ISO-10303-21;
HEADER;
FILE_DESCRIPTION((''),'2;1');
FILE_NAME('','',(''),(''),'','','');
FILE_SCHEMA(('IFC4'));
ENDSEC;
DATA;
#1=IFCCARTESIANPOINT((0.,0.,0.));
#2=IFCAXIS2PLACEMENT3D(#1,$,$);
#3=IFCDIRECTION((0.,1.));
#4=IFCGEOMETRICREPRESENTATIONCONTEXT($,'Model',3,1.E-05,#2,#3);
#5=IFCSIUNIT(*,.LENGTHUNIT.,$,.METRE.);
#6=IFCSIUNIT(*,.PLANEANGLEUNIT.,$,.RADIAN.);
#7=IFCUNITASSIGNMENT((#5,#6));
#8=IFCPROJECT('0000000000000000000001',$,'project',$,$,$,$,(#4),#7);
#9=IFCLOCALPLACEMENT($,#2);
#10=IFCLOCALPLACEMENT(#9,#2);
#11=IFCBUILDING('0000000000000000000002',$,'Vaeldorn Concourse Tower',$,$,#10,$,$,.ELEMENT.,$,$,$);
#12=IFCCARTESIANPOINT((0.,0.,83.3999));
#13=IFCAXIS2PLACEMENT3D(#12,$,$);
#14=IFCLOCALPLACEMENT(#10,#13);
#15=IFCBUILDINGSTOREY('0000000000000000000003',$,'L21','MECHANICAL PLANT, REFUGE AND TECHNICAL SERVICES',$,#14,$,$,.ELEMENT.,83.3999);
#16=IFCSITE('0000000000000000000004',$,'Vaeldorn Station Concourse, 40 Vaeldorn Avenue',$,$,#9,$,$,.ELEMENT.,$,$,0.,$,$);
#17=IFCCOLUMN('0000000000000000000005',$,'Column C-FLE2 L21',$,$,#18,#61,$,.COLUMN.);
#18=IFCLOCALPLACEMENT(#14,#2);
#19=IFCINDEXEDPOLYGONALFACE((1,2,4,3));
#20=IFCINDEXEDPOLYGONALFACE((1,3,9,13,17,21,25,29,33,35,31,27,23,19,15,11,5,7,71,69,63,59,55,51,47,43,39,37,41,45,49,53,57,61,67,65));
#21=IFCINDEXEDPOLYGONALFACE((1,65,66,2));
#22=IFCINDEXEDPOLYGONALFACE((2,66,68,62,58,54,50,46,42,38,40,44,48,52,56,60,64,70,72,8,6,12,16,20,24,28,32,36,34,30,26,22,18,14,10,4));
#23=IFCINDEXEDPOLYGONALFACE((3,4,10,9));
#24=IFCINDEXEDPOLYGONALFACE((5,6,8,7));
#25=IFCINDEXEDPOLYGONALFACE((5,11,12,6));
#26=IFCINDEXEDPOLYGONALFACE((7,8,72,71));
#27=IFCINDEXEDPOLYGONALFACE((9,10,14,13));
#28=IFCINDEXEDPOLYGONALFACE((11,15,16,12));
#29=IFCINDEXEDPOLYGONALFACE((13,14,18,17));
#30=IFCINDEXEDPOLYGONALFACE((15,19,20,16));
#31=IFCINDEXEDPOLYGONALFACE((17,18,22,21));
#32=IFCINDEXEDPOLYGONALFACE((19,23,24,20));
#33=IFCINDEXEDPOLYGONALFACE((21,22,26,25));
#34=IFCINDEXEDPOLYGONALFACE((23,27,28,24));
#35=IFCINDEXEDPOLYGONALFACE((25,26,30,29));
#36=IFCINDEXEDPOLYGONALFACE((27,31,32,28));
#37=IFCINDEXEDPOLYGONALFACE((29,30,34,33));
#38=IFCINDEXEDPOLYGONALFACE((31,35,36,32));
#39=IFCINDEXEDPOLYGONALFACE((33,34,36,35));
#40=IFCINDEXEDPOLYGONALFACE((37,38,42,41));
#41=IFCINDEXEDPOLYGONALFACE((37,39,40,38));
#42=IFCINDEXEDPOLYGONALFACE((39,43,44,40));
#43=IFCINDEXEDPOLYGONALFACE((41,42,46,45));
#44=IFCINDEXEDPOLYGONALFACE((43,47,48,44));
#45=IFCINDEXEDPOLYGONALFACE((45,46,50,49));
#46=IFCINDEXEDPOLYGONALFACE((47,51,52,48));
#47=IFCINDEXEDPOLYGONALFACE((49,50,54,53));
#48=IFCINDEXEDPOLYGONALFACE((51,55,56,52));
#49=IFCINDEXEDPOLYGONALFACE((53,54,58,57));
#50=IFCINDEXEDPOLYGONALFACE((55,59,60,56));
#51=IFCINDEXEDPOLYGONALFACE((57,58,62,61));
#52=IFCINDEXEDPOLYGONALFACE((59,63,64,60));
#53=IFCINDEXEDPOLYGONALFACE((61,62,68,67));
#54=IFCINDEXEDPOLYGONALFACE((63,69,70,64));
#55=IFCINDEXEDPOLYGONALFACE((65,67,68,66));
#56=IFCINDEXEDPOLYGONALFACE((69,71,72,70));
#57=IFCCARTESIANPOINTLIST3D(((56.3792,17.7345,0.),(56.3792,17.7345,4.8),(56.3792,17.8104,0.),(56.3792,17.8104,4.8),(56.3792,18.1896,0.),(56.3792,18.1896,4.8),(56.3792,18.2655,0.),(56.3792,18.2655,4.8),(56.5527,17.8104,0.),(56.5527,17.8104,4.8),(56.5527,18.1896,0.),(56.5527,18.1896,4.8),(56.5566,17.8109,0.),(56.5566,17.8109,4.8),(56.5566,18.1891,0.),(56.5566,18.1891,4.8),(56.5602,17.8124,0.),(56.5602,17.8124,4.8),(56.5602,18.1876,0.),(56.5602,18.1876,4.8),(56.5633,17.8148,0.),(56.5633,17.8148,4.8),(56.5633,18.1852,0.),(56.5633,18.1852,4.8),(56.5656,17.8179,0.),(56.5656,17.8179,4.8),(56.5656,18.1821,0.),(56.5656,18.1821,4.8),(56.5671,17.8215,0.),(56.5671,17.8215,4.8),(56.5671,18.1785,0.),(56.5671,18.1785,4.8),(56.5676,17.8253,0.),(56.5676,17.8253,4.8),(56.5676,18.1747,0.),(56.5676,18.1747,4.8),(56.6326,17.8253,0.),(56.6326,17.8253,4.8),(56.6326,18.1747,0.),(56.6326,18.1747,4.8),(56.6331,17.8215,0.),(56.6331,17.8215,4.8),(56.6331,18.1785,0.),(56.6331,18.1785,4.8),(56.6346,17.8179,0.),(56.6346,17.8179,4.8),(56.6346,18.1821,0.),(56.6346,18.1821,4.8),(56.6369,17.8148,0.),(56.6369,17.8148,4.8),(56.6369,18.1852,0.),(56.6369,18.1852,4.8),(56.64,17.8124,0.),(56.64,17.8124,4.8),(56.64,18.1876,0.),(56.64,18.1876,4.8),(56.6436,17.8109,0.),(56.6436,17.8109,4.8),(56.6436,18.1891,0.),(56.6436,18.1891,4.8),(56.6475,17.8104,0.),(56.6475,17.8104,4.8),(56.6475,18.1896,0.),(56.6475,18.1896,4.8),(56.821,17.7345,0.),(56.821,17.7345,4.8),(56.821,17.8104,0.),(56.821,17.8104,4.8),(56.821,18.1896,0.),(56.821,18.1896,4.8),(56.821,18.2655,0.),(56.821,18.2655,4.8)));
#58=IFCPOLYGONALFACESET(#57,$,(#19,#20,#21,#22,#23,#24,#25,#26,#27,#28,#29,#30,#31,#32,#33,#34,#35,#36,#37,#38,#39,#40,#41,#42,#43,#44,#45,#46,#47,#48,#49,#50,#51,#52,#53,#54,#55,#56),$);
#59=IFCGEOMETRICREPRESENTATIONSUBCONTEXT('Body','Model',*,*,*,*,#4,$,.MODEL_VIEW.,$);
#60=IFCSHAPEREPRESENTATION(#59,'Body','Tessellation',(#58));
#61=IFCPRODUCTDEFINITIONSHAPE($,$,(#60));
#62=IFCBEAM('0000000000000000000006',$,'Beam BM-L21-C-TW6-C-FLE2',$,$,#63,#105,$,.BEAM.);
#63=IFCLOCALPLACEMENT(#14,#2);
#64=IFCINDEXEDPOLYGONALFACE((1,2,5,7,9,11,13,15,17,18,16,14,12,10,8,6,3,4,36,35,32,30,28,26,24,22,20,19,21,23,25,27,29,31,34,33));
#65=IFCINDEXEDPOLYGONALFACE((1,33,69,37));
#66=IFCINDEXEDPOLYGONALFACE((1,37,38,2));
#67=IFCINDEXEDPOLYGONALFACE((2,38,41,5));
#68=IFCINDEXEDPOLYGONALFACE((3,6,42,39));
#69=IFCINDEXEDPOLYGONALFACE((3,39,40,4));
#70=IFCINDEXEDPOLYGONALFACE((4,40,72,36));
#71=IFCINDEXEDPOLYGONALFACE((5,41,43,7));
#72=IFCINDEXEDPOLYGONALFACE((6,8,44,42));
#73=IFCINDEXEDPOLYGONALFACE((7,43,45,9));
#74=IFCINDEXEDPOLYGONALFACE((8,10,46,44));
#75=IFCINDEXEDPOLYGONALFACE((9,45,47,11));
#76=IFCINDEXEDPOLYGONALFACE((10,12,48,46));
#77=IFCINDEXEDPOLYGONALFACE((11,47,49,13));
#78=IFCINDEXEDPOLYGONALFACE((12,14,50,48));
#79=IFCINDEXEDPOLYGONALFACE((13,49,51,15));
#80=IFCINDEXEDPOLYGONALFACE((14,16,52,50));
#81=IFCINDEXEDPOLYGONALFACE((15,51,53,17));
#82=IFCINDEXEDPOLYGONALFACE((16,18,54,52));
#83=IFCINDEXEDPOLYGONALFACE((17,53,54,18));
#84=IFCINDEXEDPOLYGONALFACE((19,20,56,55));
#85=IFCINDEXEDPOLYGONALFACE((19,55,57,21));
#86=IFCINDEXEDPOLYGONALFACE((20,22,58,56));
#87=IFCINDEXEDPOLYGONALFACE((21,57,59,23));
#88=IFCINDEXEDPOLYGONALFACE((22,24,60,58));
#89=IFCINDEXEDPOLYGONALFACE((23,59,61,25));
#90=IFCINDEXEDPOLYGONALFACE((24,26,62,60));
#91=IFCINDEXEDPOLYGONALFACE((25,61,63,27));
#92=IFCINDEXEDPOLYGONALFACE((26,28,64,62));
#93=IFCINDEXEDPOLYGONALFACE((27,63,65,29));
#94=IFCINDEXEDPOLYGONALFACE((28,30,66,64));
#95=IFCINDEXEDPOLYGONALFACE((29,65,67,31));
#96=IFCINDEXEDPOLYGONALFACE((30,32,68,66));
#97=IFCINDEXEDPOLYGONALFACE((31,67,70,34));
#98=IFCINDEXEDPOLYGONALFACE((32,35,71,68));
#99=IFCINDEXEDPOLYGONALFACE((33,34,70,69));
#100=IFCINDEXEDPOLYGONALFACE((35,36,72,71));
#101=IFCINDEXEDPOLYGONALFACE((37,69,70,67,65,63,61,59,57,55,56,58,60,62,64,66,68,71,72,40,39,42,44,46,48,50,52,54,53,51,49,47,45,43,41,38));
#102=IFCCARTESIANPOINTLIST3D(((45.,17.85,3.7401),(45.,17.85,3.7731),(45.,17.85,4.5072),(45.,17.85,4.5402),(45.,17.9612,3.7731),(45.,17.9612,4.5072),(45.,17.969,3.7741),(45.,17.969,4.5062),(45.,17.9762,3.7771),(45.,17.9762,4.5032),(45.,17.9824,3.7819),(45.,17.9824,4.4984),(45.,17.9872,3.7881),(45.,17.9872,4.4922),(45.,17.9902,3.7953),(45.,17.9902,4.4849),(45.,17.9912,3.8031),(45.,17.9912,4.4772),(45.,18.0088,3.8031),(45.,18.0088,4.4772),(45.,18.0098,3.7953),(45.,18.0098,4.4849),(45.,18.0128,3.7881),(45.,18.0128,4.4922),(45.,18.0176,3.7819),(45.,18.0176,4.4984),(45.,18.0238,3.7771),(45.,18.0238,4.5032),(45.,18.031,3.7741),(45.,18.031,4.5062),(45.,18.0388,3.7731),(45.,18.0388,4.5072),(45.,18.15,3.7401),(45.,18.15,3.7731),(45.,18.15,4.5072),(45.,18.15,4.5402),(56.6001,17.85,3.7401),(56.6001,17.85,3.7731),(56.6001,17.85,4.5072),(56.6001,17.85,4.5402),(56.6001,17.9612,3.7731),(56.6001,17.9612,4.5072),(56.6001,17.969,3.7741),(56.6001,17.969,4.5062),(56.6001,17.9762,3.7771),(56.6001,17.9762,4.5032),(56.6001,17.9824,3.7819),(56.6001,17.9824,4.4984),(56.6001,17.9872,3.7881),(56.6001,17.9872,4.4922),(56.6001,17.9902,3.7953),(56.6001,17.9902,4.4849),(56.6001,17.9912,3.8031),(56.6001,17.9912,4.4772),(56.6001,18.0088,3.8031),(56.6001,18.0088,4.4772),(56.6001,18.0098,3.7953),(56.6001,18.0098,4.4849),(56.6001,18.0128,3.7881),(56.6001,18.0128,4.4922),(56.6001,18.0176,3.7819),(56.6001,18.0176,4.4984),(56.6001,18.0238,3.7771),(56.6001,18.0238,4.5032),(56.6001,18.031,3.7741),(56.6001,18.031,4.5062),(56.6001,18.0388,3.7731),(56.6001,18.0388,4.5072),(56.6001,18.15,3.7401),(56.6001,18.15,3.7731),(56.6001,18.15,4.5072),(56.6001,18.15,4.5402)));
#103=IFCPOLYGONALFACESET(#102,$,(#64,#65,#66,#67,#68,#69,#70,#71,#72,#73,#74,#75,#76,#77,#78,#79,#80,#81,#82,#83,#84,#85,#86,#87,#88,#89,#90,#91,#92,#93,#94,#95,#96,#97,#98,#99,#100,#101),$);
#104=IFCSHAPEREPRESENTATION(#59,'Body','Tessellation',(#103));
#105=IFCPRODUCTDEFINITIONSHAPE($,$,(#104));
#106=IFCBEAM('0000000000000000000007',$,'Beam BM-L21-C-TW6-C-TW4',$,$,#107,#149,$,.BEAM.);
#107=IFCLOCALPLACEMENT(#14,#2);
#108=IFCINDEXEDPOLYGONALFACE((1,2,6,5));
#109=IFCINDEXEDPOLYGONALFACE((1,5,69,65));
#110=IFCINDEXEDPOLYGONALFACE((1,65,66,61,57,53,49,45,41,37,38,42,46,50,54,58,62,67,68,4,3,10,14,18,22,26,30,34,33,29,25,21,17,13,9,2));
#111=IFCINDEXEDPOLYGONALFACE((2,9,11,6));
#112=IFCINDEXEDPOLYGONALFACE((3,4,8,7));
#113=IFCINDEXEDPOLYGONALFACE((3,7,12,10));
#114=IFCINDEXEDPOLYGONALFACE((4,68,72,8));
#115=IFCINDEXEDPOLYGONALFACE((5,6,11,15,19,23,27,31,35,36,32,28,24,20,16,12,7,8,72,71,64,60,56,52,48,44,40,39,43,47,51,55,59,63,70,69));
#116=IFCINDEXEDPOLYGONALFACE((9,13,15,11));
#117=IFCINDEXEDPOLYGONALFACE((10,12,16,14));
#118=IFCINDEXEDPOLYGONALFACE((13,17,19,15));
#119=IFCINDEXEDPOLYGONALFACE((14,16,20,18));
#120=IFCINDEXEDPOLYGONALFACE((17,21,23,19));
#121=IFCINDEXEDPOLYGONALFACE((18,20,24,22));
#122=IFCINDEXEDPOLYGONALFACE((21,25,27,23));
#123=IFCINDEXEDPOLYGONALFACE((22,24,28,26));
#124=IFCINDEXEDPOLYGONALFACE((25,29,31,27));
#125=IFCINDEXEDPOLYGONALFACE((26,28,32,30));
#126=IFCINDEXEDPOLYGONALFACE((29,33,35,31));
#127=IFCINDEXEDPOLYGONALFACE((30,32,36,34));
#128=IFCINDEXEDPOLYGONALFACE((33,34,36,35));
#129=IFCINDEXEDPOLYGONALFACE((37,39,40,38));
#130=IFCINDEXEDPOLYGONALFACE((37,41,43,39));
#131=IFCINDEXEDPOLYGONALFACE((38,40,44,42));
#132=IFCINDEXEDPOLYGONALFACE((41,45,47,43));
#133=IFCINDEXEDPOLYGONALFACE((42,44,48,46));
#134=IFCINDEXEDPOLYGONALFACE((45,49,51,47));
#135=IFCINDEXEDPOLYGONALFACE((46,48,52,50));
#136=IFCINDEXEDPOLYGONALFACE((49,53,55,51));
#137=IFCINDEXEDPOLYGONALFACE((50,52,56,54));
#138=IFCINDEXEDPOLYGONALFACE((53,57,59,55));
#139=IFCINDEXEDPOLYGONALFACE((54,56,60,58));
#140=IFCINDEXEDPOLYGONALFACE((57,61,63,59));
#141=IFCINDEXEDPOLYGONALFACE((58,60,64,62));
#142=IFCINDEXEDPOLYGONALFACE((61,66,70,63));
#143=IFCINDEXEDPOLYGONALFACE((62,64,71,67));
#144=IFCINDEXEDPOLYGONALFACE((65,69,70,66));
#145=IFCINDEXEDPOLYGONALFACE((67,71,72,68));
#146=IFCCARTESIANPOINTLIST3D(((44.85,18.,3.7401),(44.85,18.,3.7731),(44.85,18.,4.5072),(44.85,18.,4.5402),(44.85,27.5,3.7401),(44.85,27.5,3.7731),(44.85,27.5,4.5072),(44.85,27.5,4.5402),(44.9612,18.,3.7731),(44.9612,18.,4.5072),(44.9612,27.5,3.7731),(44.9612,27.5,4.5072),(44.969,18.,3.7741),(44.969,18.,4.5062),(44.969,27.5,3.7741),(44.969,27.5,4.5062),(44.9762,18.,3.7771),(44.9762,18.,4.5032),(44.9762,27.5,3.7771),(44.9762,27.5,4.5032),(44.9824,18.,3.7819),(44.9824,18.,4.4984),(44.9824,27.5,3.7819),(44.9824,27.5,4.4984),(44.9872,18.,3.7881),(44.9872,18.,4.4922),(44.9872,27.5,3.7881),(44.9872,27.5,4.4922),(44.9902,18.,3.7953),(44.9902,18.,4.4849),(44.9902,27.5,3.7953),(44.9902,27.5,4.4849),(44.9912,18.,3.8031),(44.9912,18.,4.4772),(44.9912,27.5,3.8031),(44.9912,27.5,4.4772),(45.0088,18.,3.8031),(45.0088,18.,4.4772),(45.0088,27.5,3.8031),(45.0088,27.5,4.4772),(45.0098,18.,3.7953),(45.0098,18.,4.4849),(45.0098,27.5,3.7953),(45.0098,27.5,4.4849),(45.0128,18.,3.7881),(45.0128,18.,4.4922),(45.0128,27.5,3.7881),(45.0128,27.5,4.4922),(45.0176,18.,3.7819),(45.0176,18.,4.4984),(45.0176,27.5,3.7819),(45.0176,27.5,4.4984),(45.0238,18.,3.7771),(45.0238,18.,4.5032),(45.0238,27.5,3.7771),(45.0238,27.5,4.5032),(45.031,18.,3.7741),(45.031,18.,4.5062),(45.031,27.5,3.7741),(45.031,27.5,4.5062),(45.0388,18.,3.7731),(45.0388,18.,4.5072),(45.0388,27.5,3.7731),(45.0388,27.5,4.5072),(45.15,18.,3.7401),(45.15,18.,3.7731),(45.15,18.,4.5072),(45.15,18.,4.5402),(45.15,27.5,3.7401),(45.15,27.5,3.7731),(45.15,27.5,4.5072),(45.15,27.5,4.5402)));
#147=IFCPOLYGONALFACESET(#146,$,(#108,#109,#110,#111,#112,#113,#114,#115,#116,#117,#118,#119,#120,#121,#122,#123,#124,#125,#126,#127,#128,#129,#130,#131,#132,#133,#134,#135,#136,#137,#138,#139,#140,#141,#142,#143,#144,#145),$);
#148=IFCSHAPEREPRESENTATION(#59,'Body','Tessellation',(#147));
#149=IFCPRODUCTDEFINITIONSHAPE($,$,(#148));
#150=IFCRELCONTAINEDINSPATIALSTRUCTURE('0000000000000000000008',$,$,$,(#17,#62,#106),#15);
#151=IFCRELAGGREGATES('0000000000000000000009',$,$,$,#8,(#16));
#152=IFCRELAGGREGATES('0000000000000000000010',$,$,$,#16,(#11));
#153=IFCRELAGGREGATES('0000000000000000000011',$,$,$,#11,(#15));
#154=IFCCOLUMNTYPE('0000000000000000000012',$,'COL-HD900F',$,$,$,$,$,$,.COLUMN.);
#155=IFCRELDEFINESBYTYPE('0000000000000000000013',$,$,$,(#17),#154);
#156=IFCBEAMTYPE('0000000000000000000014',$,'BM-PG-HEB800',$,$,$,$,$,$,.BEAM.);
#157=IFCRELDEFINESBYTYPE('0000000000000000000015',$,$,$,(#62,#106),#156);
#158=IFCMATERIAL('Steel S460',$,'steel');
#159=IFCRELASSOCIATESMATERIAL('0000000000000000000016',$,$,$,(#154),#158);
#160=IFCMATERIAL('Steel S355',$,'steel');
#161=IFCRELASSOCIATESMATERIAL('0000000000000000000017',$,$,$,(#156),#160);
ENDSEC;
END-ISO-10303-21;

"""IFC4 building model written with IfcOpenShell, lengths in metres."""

from ifc_helpers import new_model, si_unit, direction, frame, origin, origin_2d, place, context, subcontext, project, spatial, i_section, extrude, source, transform, mapped, material, material_profile, profile_set, type_object, element, save


model = new_model("IFC4")

# Units and contexts
model_context = context("Model", 3, precision=1e-05, world=origin(), true_north=direction((0.0, 1.0)))
body_context = subcontext(model_context, "Body", "Model", "MODEL_VIEW")
ifc_project = project(units=[si_unit("LENGTHUNIT", "METRE"), si_unit("PLANEANGLEUNIT", "RADIAN")], contexts=[model_context])

# Site, building, storey
site_placement = place(None, origin())
site = spatial("IfcSite", under=ifc_project, at=site_placement, Name="Vaeldorn Station Concourse, 40 Vaeldorn Avenue", CompositionType="ELEMENT", RefElevation=0.0)
building_placement = place(site_placement, origin())
building = spatial("IfcBuilding", under=site, at=building_placement, Name="Vaeldorn Concourse Tower", CompositionType="ELEMENT")
storey_placement = place(building_placement, frame((0.0, 0.0, 83.3999)))
storey = spatial("IfcBuildingStorey", under=building, at=storey_placement, Name="L21", Description="MECHANICAL PLANT, REFUGE AND TECHNICAL SERVICES", CompositionType="ELEMENT", Elevation=83.3999)

# Column
ifc_material_1 = material(Name="Steel S460", Category="steel")
ifc_material_profile_1 = material_profile(ifc_material_1, i_section(OverallWidth=0.4419, OverallDepth=0.531, WebThickness=0.0649, FlangeThickness=0.0759, FilletRadius=0.0149, at=origin_2d()), Name="HD 400x900")
ifc_profile_set_1 = profile_set([ifc_material_profile_1], Name="Steel S460")
column_type = type_object("IfcColumnType", Name="COL-HD900F", PredefinedType="COLUMN", material=ifc_profile_set_1)
shared_shape_1 = source(origin(), body_context, "Body", "SweptSolid", [
    extrude(i_section(OverallWidth=0.4419, OverallDepth=0.531, WebThickness=0.0649, FlangeThickness=0.0759, FilletRadius=0.0149, at=origin_2d()), origin(), (0.0, 0.0, 1.0), 4.8),
])
column_placement = place(storey_placement, frame((56.6001, 18.0, 0.0), z_axis=(0.0, 0.0, 1.0), x_axis=(1.0, 0.0, 0.0)))
element("IfcColumn", 1, at=column_placement, inside=storey, type_object=column_type, Name="Column C-FLE2 L21", PredefinedType="COLUMN", context=body_context, shape_type="MappedRepresentation", body=[
    mapped(shared_shape_1, transform((0.0, 0.0, 0.0), scale=1.0)),
])

# Beams
ifc_material_2 = material(Name="Steel S355", Category="steel")
ifc_material_profile_2 = material_profile(ifc_material_2, i_section(OverallWidth=0.3, OverallDepth=0.8, WebThickness=0.0176, FlangeThickness=0.033, FilletRadius=0.03, at=origin_2d()), Name="HEB 800")
ifc_profile_set_2 = profile_set([ifc_material_profile_2], Name="Steel S355")
beam_type_1 = type_object("IfcBeamType", Name="BM-PG-HEB800", PredefinedType="BEAM", material=ifc_profile_set_2)
shared_shape_2 = source(origin(), body_context, "Body", "SweptSolid", [
    extrude(i_section(OverallWidth=0.3, OverallDepth=0.8, WebThickness=0.0176, FlangeThickness=0.033, FilletRadius=0.03, at=origin_2d()), origin(), (0.0, 0.0, 1.0), 11.6001),
])
beam_1_placement = place(storey_placement, frame((45.0, 18.0, 4.1401), z_axis=(1.0, 0.0, 0.0), x_axis=(0.0, 1.0, 0.0)))
element("IfcBeam", 2, at=beam_1_placement, inside=storey, type_object=beam_type_1, Name="Beam BM-L21-C-TW6-C-FLE2", PredefinedType="BEAM", context=body_context, shape_type="MappedRepresentation", body=[
    mapped(shared_shape_2, transform((0.0, 0.0, 0.0), scale=1.0)),
])
shared_shape_3 = source(origin(), body_context, "Body", "SweptSolid", [
    extrude(i_section(OverallWidth=0.3, OverallDepth=0.8, WebThickness=0.0176, FlangeThickness=0.033, FilletRadius=0.03, at=origin_2d()), origin(), (0.0, 0.0, 1.0), 9.5),
])
beam_2_placement = place(storey_placement, frame((45.0, 18.0, 4.1401), z_axis=(0.0, 1.0, 0.0), x_axis=(-1.0, 0.0, 0.0)))
element("IfcBeam", 3, at=beam_2_placement, inside=storey, type_object=beam_type_1, Name="Beam BM-L21-C-TW6-C-TW4", PredefinedType="BEAM", context=body_context, shape_type="MappedRepresentation", body=[
    mapped(shared_shape_3, transform((0.0, 0.0, 0.0), scale=1.0)),
])

save(model, "model.ifc")
